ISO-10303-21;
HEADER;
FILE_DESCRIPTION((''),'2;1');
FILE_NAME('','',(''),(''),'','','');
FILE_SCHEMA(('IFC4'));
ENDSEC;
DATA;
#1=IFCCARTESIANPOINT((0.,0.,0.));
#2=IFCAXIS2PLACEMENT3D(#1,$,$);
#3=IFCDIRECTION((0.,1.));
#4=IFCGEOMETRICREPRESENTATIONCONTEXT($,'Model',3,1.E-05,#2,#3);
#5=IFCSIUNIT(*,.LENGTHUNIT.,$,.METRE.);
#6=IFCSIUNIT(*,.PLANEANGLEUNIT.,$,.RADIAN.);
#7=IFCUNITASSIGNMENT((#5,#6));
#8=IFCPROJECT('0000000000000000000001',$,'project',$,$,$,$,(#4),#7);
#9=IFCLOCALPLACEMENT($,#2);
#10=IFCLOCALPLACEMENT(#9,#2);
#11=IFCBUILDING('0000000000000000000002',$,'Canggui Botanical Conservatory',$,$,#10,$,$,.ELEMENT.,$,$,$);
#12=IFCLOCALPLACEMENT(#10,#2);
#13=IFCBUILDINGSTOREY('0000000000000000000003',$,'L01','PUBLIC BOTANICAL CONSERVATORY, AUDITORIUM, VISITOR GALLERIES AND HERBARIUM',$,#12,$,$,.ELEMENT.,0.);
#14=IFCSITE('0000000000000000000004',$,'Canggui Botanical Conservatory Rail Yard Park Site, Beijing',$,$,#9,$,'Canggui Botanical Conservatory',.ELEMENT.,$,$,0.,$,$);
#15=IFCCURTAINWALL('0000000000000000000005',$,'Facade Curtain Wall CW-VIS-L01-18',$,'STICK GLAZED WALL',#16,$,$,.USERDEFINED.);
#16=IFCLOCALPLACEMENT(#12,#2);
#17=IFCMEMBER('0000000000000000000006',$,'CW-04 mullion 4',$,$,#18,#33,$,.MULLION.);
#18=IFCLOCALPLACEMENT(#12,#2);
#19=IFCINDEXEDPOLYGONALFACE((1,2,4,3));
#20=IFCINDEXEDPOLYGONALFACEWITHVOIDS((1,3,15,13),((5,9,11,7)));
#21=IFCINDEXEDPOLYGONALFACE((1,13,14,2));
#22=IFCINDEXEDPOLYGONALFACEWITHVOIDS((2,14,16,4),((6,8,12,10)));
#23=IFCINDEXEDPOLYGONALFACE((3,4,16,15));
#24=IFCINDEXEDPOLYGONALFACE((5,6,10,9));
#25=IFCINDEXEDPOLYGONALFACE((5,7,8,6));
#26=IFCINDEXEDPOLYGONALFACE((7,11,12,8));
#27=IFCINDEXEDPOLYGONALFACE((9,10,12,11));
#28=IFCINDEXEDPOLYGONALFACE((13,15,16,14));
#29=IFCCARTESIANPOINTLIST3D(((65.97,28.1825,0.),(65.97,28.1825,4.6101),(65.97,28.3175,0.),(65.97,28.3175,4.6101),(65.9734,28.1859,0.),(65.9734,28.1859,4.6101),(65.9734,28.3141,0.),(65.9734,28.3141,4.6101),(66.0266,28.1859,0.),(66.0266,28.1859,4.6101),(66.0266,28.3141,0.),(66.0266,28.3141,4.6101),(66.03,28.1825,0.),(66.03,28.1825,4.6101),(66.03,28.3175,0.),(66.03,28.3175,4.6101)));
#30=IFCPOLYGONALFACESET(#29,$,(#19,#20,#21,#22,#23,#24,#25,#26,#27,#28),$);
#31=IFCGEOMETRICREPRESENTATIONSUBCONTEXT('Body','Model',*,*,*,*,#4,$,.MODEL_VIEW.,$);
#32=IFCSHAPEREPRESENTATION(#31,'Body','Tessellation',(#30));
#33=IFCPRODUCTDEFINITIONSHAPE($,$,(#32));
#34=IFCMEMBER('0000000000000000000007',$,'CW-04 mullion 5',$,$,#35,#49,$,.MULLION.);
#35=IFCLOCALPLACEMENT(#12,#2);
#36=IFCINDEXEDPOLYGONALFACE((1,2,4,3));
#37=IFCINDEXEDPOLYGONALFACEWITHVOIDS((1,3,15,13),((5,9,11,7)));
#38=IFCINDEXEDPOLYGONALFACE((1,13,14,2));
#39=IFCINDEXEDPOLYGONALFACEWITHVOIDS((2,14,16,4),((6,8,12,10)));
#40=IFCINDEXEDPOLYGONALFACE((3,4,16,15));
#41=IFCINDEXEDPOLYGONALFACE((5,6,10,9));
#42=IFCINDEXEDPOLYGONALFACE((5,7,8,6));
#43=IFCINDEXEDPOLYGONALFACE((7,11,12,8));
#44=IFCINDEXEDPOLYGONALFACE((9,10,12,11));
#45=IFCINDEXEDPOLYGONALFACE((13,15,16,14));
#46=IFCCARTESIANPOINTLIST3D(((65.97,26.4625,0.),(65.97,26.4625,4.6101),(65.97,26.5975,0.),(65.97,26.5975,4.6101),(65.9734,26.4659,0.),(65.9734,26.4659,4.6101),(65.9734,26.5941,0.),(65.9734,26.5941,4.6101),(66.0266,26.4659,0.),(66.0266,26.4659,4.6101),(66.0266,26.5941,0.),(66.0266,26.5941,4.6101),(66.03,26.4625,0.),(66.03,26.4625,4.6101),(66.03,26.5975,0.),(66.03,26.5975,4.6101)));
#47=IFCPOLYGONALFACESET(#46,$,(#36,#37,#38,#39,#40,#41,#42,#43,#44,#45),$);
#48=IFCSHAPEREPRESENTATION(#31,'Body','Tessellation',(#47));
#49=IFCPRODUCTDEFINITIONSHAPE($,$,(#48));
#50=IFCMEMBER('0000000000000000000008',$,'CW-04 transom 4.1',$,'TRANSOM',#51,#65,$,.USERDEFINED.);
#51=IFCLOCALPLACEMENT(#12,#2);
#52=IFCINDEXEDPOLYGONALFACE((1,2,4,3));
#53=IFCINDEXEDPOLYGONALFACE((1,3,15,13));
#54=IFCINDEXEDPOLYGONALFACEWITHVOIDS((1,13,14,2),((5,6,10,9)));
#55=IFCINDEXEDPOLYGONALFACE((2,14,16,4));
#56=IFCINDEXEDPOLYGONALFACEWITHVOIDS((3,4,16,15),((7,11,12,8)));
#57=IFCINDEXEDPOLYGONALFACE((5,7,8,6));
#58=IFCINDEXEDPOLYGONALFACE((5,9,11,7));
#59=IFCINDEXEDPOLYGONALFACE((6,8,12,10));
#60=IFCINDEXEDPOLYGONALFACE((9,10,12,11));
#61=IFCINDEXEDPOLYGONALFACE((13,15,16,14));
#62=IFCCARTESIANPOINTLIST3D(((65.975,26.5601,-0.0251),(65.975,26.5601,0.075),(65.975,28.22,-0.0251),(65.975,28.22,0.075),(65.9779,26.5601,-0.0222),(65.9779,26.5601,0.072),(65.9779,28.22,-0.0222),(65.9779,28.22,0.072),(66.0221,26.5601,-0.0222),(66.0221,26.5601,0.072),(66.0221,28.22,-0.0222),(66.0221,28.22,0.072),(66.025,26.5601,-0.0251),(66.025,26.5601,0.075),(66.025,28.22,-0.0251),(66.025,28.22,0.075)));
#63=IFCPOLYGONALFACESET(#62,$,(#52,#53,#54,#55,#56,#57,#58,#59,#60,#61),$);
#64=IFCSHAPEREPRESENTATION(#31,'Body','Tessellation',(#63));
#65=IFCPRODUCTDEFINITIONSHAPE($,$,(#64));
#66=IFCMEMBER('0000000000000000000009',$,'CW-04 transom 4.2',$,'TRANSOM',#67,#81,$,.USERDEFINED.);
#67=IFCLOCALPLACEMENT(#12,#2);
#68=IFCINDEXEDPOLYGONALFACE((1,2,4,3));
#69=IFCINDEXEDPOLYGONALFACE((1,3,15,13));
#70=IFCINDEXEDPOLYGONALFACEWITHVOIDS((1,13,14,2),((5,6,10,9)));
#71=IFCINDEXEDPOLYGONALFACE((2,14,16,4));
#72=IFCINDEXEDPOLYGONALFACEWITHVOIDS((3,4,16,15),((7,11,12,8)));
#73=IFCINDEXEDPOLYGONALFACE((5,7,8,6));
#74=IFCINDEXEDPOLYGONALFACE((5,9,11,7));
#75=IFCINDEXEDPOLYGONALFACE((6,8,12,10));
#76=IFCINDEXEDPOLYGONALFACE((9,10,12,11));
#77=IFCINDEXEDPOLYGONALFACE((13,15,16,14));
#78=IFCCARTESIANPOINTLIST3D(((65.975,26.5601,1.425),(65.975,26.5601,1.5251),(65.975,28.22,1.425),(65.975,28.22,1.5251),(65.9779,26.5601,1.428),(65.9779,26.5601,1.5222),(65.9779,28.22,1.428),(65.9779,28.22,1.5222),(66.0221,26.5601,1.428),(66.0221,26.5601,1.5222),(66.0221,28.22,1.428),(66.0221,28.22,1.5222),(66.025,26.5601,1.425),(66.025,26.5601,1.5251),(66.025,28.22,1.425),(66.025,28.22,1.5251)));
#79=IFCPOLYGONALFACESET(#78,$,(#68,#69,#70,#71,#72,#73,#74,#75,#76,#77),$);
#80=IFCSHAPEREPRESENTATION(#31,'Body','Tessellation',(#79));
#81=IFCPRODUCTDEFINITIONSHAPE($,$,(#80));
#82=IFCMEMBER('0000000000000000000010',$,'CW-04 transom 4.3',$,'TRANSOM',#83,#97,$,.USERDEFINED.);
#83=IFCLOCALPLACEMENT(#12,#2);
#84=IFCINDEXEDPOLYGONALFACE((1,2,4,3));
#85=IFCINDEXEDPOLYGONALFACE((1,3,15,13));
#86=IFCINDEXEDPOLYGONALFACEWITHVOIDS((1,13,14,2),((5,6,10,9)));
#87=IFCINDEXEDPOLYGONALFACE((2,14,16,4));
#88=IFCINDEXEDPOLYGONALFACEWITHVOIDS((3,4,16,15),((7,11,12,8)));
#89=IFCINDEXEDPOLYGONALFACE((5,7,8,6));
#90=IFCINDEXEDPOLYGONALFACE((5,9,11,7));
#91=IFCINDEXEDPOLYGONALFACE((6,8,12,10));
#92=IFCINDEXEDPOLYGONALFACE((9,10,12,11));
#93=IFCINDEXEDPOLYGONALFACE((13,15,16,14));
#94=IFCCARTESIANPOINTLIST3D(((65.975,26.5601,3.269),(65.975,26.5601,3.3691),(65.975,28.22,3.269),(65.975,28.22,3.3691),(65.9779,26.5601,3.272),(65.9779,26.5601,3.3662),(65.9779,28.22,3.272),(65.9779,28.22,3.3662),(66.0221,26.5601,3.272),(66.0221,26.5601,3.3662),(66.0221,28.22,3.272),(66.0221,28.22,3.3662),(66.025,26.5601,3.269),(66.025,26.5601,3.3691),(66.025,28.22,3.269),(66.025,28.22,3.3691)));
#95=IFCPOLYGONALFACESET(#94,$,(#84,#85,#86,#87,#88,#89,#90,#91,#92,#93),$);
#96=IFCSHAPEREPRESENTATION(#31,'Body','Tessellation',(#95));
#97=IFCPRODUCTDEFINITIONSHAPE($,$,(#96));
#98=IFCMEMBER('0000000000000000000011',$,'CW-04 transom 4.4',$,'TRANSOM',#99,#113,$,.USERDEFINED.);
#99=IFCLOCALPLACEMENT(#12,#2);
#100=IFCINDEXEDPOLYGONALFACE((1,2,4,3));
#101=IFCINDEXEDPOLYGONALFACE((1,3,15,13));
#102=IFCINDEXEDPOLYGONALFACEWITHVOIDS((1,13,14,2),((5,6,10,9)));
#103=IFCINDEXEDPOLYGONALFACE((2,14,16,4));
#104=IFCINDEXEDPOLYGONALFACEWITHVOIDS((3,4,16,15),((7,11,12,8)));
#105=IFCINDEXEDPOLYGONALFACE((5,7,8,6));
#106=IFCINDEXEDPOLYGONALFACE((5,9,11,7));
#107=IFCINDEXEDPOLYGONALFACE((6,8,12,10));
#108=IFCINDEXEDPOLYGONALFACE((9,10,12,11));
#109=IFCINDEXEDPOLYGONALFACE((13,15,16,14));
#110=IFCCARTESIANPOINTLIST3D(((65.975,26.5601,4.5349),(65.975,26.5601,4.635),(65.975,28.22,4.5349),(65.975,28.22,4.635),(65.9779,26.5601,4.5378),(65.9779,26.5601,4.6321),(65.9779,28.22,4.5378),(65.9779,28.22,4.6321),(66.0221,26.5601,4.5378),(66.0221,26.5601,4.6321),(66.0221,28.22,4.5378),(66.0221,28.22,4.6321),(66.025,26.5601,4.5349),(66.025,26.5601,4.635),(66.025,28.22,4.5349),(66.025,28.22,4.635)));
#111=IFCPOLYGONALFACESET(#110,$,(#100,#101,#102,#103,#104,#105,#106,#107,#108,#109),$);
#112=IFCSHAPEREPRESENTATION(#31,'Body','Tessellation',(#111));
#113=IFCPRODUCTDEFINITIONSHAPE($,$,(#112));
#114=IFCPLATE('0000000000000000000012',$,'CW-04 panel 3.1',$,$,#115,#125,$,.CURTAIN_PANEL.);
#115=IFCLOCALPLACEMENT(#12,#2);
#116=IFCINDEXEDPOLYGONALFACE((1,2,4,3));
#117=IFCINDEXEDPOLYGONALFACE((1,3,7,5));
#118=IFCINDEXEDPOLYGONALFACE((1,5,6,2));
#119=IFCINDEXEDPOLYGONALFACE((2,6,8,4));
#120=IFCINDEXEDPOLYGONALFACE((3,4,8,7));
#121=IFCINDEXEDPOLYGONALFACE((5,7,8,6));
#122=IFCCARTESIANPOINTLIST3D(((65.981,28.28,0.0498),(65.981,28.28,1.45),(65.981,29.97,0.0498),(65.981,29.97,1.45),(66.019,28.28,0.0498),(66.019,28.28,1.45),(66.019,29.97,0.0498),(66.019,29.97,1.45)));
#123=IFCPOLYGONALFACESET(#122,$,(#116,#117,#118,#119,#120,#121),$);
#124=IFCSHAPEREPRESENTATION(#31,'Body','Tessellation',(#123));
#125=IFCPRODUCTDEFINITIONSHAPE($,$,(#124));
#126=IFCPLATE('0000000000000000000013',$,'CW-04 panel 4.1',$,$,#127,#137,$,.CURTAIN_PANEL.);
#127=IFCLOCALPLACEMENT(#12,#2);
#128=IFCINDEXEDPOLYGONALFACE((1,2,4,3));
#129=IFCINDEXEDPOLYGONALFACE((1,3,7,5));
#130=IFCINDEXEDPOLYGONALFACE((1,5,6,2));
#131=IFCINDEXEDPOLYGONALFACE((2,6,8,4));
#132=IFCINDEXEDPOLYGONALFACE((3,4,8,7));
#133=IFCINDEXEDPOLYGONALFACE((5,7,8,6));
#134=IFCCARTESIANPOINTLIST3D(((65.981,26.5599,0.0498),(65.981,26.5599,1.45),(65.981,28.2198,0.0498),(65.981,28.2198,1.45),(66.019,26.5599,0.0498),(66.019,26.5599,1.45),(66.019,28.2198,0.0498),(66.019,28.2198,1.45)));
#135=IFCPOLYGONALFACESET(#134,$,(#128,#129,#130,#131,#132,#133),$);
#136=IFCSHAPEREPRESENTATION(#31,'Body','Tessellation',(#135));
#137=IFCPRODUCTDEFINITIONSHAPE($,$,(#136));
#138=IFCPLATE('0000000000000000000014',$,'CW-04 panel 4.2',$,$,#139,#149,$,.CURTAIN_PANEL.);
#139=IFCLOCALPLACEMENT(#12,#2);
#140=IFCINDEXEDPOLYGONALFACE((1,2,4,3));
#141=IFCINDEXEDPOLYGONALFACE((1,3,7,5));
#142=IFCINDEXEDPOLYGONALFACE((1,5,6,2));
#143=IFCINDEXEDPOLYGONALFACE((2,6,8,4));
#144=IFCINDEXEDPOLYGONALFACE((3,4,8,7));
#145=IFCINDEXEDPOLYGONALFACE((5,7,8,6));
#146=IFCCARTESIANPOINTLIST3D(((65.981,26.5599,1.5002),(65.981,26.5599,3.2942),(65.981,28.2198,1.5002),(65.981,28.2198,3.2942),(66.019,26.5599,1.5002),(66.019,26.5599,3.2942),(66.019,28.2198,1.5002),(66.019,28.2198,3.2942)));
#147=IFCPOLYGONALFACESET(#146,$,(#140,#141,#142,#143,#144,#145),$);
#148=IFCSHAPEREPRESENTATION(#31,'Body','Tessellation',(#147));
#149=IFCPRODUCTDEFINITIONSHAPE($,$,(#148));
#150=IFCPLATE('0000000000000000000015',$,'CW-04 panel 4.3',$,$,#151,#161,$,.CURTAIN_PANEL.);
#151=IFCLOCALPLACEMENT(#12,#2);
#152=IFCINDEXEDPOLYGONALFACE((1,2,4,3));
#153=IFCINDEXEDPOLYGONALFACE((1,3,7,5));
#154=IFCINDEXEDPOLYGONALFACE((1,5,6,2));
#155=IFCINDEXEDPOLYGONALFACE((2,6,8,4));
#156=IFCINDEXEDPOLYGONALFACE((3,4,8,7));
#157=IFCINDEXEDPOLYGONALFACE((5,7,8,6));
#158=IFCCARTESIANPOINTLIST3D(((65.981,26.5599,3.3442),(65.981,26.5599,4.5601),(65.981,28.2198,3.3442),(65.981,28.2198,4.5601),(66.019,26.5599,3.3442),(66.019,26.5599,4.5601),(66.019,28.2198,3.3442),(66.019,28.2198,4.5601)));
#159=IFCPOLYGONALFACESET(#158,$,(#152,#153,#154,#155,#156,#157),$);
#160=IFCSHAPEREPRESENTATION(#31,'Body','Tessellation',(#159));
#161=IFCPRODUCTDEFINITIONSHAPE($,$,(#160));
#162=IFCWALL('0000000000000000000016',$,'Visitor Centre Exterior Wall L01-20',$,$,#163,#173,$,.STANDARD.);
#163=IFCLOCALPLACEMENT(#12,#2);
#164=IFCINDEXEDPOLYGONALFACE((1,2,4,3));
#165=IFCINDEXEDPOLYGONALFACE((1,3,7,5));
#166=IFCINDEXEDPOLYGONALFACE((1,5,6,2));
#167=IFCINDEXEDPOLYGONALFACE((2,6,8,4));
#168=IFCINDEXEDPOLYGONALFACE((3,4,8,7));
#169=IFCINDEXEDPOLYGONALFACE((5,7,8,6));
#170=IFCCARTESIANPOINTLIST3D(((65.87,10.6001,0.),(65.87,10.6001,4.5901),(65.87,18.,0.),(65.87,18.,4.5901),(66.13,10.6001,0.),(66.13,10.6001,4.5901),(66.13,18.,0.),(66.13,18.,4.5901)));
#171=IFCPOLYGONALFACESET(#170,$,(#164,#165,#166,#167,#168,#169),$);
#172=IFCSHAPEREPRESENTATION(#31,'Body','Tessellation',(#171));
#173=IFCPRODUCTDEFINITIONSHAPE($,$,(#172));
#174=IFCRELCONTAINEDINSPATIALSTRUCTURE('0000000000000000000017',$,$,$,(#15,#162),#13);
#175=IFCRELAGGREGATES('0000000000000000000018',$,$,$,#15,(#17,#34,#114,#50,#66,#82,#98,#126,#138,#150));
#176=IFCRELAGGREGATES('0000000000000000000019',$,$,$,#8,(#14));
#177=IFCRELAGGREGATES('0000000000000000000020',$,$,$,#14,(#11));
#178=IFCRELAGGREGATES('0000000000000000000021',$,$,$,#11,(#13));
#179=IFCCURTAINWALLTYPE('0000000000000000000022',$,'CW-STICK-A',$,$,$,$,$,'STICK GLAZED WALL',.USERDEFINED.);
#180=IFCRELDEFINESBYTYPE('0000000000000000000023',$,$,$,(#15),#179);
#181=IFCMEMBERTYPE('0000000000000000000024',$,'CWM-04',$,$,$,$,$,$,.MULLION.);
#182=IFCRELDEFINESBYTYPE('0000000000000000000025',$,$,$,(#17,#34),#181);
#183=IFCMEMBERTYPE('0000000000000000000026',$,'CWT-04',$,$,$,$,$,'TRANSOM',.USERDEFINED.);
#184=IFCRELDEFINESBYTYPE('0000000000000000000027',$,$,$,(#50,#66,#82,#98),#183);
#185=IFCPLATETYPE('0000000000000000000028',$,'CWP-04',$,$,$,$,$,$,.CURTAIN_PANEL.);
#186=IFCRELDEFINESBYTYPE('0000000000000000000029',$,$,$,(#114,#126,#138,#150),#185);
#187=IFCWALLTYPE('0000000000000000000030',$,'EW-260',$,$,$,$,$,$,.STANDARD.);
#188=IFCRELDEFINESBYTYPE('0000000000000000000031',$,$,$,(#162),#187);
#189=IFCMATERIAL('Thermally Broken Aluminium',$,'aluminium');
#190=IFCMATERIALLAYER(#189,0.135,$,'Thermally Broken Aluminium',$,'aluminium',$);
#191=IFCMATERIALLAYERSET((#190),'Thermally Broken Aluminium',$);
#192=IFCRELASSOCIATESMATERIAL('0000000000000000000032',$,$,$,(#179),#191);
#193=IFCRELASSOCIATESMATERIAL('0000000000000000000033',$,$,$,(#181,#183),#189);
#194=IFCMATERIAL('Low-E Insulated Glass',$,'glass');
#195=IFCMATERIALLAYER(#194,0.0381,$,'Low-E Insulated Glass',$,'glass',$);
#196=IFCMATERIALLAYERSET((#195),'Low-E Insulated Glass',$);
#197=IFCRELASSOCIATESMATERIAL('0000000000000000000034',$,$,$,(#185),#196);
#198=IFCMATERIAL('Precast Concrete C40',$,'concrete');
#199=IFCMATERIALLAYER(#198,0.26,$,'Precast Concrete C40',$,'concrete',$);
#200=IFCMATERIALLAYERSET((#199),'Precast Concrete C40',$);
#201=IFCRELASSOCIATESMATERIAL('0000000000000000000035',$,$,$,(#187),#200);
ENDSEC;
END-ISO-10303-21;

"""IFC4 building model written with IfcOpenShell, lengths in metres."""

from ifc_helpers import new_model, si_unit, direction, frame, frame_2d, origin, origin_2d, place, context, subcontext, project, spatial, rectangle, hollow_rectangle, extrude, material, layer, layer_set, material_profile, profile_set, type_object, element, aggregate, save


model = new_model("IFC4")

# Units and contexts
model_context = context("Model", 3, precision=1e-05, world=origin(), true_north=direction((0.0, 1.0)))
body_context = subcontext(model_context, "Body", "Model", "MODEL_VIEW")
ifc_project = project(units=[si_unit("LENGTHUNIT", "METRE"), si_unit("PLANEANGLEUNIT", "RADIAN")], contexts=[model_context])

# Site, building, storey
site_placement = place(None, origin())
site = spatial("IfcSite", under=ifc_project, at=site_placement, Name="Canggui Botanical Conservatory Rail Yard Park Site, Beijing", LongName="Canggui Botanical Conservatory", CompositionType="ELEMENT", RefElevation=0.0)
building_placement = place(site_placement, origin())
building = spatial("IfcBuilding", under=site, at=building_placement, Name="Canggui Botanical Conservatory", CompositionType="ELEMENT")
storey_placement = place(building_placement, origin())
storey = spatial("IfcBuildingStorey", under=building, at=storey_placement, Name="L01", Description="PUBLIC BOTANICAL CONSERVATORY, AUDITORIUM, VISITOR GALLERIES AND HERBARIUM", CompositionType="ELEMENT", Elevation=0.0)

# Curtain wall, members, plates
ifc_material_1 = material(Name="Thermally Broken Aluminium", Category="aluminium")
ifc_layer_1 = layer(ifc_material_1, 0.135, Name="Thermally Broken Aluminium", Category="aluminium")
ifc_layer_set_1 = layer_set([ifc_layer_1], Name="Thermally Broken Aluminium")
curtain_wall_type = type_object("IfcCurtainWallType", Name="CW-STICK-A", ElementType="STICK GLAZED WALL", PredefinedType="USERDEFINED", material=ifc_layer_set_1)
curtain_wall_placement = place(storey_placement, origin())
curtain_wall = element("IfcCurtainWall", 1, at=curtain_wall_placement, inside=storey, type_object=curtain_wall_type, Name="Facade Curtain Wall CW-VIS-L01-18", ObjectType="STICK GLAZED WALL", PredefinedType="USERDEFINED")
ifc_material_profile_1 = material_profile(ifc_material_1, hollow_rectangle(XDim=0.0601, YDim=0.135, WallThickness=0.0034, at=origin_2d()), Name="CWM 60x135x3.5")
ifc_profile_set_1 = profile_set([ifc_material_profile_1], Name="Thermally Broken Aluminium")
member_type_1 = type_object("IfcMemberType", Name="CWM-04", PredefinedType="MULLION", material=ifc_profile_set_1)
member_1_placement = place(storey_placement, frame((66.0, 28.25, 0.0), z_axis=(0.0, 0.0, 1.0), x_axis=(1.0, 0.0, 0.0)))
member_1 = element("IfcMember", 2, at=member_1_placement, type_object=member_type_1, Name="CW-04 mullion 4", PredefinedType="MULLION", context=body_context, shape_type="SweptSolid", body=[
    extrude(hollow_rectangle(XDim=0.0601, YDim=0.135, WallThickness=0.0034, at=origin_2d()), origin(), (0.0, 0.0, 1.0), 4.6101),
])
member_2_placement = place(storey_placement, frame((66.0, 26.53, 0.0), z_axis=(0.0, 0.0, 1.0), x_axis=(1.0, 0.0, 0.0)))
member_2 = element("IfcMember", 3, at=member_2_placement, type_object=member_type_1, Name="CW-04 mullion 5", PredefinedType="MULLION", context=body_context, shape_type="SweptSolid", body=[
    extrude(hollow_rectangle(XDim=0.0601, YDim=0.135, WallThickness=0.0034, at=origin_2d()), origin(), (0.0, 0.0, 1.0), 4.6101),
])
ifc_material_profile_2 = material_profile(ifc_material_1, hollow_rectangle(XDim=0.05, YDim=0.1001, WallThickness=0.0029, at=origin_2d()), Name="CWT 50x100x3")
ifc_profile_set_2 = profile_set([ifc_material_profile_2], Name="Thermally Broken Aluminium")
member_type_2 = type_object("IfcMemberType", Name="CWT-04", ElementType="TRANSOM", PredefinedType="USERDEFINED", material=ifc_profile_set_2)
member_3_placement = place(storey_placement, frame((66.0, 28.22, 0.0249), z_axis=(0.0, -1.0, 0.0), x_axis=(1.0, 0.0, 0.0)))
member_3 = element("IfcMember", 4, at=member_3_placement, type_object=member_type_2, Name="CW-04 transom 4.1", ObjectType="TRANSOM", PredefinedType="USERDEFINED", context=body_context, shape_type="SweptSolid", body=[
    extrude(hollow_rectangle(XDim=0.05, YDim=0.1001, WallThickness=0.0029, at=origin_2d()), origin(), (0.0, 0.0, 1.0), 1.6599),
])
member_4_placement = place(storey_placement, frame((66.0, 28.22, 1.4751), z_axis=(0.0, -1.0, 0.0), x_axis=(1.0, 0.0, 0.0)))
member_4 = element("IfcMember", 5, at=member_4_placement, type_object=member_type_2, Name="CW-04 transom 4.2", ObjectType="TRANSOM", PredefinedType="USERDEFINED", context=body_context, shape_type="SweptSolid", body=[
    extrude(hollow_rectangle(XDim=0.05, YDim=0.1001, WallThickness=0.0029, at=origin_2d()), origin(), (0.0, 0.0, 1.0), 1.6599),
])
member_5_placement = place(storey_placement, frame((66.0, 28.22, 3.3191), z_axis=(0.0, -1.0, 0.0), x_axis=(1.0, 0.0, 0.0)))
member_5 = element("IfcMember", 6, at=member_5_placement, type_object=member_type_2, Name="CW-04 transom 4.3", ObjectType="TRANSOM", PredefinedType="USERDEFINED", context=body_context, shape_type="SweptSolid", body=[
    extrude(hollow_rectangle(XDim=0.05, YDim=0.1001, WallThickness=0.0029, at=origin_2d()), origin(), (0.0, 0.0, 1.0), 1.6599),
])
member_6_placement = place(storey_placement, frame((66.0, 28.22, 4.585), z_axis=(0.0, -1.0, 0.0), x_axis=(1.0, 0.0, 0.0)))
member_6 = element("IfcMember", 7, at=member_6_placement, type_object=member_type_2, Name="CW-04 transom 4.4", ObjectType="TRANSOM", PredefinedType="USERDEFINED", context=body_context, shape_type="SweptSolid", body=[
    extrude(hollow_rectangle(XDim=0.05, YDim=0.1001, WallThickness=0.0029, at=origin_2d()), origin(), (0.0, 0.0, 1.0), 1.6599),
])
ifc_material_2 = material(Name="Low-E Insulated Glass", Category="glass")
ifc_layer_2 = layer(ifc_material_2, 0.0381, Name="Low-E Insulated Glass", Category="glass")
ifc_layer_set_2 = layer_set([ifc_layer_2], Name="Low-E Insulated Glass")
plate_type = type_object("IfcPlateType", Name="CWP-04", PredefinedType="CURTAIN_PANEL", material=ifc_layer_set_2)
plate_1_placement = place(storey_placement, frame((66.0, 29.125, 0.0498), z_axis=(0.0, 0.0, 1.0), x_axis=(0.0, -1.0, 0.0)))
plate_1 = element("IfcPlate", 8, at=plate_1_placement, type_object=plate_type, Name="CW-04 panel 3.1", PredefinedType="CURTAIN_PANEL", context=body_context, shape_type="SweptSolid", body=[
    extrude(rectangle(XDim=1.6899, YDim=0.0381, at=origin_2d()), origin(), (0.0, 0.0, 1.0), 1.4001),
])
plate_2_placement = place(storey_placement, frame((66.0, 27.3899, 0.0498), z_axis=(0.0, 0.0, 1.0), x_axis=(0.0, -1.0, 0.0)))
plate_2 = element("IfcPlate", 9, at=plate_2_placement, type_object=plate_type, Name="CW-04 panel 4.1", PredefinedType="CURTAIN_PANEL", context=body_context, shape_type="SweptSolid", body=[
    extrude(rectangle(XDim=1.6599, YDim=0.0381, at=origin_2d()), origin(), (0.0, 0.0, 1.0), 1.4001),
])
plate_3_placement = place(storey_placement, frame((66.0, 27.3899, 1.5002), z_axis=(0.0, 0.0, 1.0), x_axis=(0.0, -1.0, 0.0)))
plate_3 = element("IfcPlate", 10, at=plate_3_placement, type_object=plate_type, Name="CW-04 panel 4.2", PredefinedType="CURTAIN_PANEL", context=body_context, shape_type="SweptSolid", body=[
    extrude(rectangle(XDim=1.6599, YDim=0.0381, at=origin_2d()), origin(), (0.0, 0.0, 1.0), 1.7939),
])
plate_4_placement = place(storey_placement, frame((66.0, 27.3899, 3.3442), z_axis=(0.0, 0.0, 1.0), x_axis=(0.0, -1.0, 0.0)))
plate_4 = element("IfcPlate", 11, at=plate_4_placement, type_object=plate_type, Name="CW-04 panel 4.3", PredefinedType="CURTAIN_PANEL", context=body_context, shape_type="SweptSolid", body=[
    extrude(rectangle(XDim=1.6599, YDim=0.0381, at=origin_2d()), origin(), (0.0, 0.0, 1.0), 1.2158),
])
aggregate(curtain_wall, [member_1, member_2, plate_1, member_3, member_4, member_5, member_6, plate_2, plate_3, plate_4])

# Shared definitions
ifc_material_3 = material(Name="Precast Concrete C40", Category="concrete")
ifc_layer_3 = layer(ifc_material_3, 0.26, Name="Precast Concrete C40", Category="concrete")
ifc_layer_set_3 = layer_set([ifc_layer_3], Name="Precast Concrete C40")
wall_type = type_object("IfcWallType", Name="EW-260", PredefinedType="STANDARD", material=ifc_layer_set_3)

# Wall
wall_1_placement = place(storey_placement, frame((66.0, 18.0, 0.0), z_axis=(0.0, 0.0, 1.0), x_axis=(0.0, -1.0, 0.0)))
element("IfcWall", 12, at=wall_1_placement, inside=storey, type_object=wall_type, Name="Visitor Centre Exterior Wall L01-20", PredefinedType="STANDARD", context=body_context, shape_type="SweptSolid", body=[
    extrude(rectangle(XDim=7.3999, YDim=0.26, at=frame_2d((3.7, 0.0))), origin(), (0.0, 0.0, 1.0), 4.5901),
])

save(model, "model.ifc")
